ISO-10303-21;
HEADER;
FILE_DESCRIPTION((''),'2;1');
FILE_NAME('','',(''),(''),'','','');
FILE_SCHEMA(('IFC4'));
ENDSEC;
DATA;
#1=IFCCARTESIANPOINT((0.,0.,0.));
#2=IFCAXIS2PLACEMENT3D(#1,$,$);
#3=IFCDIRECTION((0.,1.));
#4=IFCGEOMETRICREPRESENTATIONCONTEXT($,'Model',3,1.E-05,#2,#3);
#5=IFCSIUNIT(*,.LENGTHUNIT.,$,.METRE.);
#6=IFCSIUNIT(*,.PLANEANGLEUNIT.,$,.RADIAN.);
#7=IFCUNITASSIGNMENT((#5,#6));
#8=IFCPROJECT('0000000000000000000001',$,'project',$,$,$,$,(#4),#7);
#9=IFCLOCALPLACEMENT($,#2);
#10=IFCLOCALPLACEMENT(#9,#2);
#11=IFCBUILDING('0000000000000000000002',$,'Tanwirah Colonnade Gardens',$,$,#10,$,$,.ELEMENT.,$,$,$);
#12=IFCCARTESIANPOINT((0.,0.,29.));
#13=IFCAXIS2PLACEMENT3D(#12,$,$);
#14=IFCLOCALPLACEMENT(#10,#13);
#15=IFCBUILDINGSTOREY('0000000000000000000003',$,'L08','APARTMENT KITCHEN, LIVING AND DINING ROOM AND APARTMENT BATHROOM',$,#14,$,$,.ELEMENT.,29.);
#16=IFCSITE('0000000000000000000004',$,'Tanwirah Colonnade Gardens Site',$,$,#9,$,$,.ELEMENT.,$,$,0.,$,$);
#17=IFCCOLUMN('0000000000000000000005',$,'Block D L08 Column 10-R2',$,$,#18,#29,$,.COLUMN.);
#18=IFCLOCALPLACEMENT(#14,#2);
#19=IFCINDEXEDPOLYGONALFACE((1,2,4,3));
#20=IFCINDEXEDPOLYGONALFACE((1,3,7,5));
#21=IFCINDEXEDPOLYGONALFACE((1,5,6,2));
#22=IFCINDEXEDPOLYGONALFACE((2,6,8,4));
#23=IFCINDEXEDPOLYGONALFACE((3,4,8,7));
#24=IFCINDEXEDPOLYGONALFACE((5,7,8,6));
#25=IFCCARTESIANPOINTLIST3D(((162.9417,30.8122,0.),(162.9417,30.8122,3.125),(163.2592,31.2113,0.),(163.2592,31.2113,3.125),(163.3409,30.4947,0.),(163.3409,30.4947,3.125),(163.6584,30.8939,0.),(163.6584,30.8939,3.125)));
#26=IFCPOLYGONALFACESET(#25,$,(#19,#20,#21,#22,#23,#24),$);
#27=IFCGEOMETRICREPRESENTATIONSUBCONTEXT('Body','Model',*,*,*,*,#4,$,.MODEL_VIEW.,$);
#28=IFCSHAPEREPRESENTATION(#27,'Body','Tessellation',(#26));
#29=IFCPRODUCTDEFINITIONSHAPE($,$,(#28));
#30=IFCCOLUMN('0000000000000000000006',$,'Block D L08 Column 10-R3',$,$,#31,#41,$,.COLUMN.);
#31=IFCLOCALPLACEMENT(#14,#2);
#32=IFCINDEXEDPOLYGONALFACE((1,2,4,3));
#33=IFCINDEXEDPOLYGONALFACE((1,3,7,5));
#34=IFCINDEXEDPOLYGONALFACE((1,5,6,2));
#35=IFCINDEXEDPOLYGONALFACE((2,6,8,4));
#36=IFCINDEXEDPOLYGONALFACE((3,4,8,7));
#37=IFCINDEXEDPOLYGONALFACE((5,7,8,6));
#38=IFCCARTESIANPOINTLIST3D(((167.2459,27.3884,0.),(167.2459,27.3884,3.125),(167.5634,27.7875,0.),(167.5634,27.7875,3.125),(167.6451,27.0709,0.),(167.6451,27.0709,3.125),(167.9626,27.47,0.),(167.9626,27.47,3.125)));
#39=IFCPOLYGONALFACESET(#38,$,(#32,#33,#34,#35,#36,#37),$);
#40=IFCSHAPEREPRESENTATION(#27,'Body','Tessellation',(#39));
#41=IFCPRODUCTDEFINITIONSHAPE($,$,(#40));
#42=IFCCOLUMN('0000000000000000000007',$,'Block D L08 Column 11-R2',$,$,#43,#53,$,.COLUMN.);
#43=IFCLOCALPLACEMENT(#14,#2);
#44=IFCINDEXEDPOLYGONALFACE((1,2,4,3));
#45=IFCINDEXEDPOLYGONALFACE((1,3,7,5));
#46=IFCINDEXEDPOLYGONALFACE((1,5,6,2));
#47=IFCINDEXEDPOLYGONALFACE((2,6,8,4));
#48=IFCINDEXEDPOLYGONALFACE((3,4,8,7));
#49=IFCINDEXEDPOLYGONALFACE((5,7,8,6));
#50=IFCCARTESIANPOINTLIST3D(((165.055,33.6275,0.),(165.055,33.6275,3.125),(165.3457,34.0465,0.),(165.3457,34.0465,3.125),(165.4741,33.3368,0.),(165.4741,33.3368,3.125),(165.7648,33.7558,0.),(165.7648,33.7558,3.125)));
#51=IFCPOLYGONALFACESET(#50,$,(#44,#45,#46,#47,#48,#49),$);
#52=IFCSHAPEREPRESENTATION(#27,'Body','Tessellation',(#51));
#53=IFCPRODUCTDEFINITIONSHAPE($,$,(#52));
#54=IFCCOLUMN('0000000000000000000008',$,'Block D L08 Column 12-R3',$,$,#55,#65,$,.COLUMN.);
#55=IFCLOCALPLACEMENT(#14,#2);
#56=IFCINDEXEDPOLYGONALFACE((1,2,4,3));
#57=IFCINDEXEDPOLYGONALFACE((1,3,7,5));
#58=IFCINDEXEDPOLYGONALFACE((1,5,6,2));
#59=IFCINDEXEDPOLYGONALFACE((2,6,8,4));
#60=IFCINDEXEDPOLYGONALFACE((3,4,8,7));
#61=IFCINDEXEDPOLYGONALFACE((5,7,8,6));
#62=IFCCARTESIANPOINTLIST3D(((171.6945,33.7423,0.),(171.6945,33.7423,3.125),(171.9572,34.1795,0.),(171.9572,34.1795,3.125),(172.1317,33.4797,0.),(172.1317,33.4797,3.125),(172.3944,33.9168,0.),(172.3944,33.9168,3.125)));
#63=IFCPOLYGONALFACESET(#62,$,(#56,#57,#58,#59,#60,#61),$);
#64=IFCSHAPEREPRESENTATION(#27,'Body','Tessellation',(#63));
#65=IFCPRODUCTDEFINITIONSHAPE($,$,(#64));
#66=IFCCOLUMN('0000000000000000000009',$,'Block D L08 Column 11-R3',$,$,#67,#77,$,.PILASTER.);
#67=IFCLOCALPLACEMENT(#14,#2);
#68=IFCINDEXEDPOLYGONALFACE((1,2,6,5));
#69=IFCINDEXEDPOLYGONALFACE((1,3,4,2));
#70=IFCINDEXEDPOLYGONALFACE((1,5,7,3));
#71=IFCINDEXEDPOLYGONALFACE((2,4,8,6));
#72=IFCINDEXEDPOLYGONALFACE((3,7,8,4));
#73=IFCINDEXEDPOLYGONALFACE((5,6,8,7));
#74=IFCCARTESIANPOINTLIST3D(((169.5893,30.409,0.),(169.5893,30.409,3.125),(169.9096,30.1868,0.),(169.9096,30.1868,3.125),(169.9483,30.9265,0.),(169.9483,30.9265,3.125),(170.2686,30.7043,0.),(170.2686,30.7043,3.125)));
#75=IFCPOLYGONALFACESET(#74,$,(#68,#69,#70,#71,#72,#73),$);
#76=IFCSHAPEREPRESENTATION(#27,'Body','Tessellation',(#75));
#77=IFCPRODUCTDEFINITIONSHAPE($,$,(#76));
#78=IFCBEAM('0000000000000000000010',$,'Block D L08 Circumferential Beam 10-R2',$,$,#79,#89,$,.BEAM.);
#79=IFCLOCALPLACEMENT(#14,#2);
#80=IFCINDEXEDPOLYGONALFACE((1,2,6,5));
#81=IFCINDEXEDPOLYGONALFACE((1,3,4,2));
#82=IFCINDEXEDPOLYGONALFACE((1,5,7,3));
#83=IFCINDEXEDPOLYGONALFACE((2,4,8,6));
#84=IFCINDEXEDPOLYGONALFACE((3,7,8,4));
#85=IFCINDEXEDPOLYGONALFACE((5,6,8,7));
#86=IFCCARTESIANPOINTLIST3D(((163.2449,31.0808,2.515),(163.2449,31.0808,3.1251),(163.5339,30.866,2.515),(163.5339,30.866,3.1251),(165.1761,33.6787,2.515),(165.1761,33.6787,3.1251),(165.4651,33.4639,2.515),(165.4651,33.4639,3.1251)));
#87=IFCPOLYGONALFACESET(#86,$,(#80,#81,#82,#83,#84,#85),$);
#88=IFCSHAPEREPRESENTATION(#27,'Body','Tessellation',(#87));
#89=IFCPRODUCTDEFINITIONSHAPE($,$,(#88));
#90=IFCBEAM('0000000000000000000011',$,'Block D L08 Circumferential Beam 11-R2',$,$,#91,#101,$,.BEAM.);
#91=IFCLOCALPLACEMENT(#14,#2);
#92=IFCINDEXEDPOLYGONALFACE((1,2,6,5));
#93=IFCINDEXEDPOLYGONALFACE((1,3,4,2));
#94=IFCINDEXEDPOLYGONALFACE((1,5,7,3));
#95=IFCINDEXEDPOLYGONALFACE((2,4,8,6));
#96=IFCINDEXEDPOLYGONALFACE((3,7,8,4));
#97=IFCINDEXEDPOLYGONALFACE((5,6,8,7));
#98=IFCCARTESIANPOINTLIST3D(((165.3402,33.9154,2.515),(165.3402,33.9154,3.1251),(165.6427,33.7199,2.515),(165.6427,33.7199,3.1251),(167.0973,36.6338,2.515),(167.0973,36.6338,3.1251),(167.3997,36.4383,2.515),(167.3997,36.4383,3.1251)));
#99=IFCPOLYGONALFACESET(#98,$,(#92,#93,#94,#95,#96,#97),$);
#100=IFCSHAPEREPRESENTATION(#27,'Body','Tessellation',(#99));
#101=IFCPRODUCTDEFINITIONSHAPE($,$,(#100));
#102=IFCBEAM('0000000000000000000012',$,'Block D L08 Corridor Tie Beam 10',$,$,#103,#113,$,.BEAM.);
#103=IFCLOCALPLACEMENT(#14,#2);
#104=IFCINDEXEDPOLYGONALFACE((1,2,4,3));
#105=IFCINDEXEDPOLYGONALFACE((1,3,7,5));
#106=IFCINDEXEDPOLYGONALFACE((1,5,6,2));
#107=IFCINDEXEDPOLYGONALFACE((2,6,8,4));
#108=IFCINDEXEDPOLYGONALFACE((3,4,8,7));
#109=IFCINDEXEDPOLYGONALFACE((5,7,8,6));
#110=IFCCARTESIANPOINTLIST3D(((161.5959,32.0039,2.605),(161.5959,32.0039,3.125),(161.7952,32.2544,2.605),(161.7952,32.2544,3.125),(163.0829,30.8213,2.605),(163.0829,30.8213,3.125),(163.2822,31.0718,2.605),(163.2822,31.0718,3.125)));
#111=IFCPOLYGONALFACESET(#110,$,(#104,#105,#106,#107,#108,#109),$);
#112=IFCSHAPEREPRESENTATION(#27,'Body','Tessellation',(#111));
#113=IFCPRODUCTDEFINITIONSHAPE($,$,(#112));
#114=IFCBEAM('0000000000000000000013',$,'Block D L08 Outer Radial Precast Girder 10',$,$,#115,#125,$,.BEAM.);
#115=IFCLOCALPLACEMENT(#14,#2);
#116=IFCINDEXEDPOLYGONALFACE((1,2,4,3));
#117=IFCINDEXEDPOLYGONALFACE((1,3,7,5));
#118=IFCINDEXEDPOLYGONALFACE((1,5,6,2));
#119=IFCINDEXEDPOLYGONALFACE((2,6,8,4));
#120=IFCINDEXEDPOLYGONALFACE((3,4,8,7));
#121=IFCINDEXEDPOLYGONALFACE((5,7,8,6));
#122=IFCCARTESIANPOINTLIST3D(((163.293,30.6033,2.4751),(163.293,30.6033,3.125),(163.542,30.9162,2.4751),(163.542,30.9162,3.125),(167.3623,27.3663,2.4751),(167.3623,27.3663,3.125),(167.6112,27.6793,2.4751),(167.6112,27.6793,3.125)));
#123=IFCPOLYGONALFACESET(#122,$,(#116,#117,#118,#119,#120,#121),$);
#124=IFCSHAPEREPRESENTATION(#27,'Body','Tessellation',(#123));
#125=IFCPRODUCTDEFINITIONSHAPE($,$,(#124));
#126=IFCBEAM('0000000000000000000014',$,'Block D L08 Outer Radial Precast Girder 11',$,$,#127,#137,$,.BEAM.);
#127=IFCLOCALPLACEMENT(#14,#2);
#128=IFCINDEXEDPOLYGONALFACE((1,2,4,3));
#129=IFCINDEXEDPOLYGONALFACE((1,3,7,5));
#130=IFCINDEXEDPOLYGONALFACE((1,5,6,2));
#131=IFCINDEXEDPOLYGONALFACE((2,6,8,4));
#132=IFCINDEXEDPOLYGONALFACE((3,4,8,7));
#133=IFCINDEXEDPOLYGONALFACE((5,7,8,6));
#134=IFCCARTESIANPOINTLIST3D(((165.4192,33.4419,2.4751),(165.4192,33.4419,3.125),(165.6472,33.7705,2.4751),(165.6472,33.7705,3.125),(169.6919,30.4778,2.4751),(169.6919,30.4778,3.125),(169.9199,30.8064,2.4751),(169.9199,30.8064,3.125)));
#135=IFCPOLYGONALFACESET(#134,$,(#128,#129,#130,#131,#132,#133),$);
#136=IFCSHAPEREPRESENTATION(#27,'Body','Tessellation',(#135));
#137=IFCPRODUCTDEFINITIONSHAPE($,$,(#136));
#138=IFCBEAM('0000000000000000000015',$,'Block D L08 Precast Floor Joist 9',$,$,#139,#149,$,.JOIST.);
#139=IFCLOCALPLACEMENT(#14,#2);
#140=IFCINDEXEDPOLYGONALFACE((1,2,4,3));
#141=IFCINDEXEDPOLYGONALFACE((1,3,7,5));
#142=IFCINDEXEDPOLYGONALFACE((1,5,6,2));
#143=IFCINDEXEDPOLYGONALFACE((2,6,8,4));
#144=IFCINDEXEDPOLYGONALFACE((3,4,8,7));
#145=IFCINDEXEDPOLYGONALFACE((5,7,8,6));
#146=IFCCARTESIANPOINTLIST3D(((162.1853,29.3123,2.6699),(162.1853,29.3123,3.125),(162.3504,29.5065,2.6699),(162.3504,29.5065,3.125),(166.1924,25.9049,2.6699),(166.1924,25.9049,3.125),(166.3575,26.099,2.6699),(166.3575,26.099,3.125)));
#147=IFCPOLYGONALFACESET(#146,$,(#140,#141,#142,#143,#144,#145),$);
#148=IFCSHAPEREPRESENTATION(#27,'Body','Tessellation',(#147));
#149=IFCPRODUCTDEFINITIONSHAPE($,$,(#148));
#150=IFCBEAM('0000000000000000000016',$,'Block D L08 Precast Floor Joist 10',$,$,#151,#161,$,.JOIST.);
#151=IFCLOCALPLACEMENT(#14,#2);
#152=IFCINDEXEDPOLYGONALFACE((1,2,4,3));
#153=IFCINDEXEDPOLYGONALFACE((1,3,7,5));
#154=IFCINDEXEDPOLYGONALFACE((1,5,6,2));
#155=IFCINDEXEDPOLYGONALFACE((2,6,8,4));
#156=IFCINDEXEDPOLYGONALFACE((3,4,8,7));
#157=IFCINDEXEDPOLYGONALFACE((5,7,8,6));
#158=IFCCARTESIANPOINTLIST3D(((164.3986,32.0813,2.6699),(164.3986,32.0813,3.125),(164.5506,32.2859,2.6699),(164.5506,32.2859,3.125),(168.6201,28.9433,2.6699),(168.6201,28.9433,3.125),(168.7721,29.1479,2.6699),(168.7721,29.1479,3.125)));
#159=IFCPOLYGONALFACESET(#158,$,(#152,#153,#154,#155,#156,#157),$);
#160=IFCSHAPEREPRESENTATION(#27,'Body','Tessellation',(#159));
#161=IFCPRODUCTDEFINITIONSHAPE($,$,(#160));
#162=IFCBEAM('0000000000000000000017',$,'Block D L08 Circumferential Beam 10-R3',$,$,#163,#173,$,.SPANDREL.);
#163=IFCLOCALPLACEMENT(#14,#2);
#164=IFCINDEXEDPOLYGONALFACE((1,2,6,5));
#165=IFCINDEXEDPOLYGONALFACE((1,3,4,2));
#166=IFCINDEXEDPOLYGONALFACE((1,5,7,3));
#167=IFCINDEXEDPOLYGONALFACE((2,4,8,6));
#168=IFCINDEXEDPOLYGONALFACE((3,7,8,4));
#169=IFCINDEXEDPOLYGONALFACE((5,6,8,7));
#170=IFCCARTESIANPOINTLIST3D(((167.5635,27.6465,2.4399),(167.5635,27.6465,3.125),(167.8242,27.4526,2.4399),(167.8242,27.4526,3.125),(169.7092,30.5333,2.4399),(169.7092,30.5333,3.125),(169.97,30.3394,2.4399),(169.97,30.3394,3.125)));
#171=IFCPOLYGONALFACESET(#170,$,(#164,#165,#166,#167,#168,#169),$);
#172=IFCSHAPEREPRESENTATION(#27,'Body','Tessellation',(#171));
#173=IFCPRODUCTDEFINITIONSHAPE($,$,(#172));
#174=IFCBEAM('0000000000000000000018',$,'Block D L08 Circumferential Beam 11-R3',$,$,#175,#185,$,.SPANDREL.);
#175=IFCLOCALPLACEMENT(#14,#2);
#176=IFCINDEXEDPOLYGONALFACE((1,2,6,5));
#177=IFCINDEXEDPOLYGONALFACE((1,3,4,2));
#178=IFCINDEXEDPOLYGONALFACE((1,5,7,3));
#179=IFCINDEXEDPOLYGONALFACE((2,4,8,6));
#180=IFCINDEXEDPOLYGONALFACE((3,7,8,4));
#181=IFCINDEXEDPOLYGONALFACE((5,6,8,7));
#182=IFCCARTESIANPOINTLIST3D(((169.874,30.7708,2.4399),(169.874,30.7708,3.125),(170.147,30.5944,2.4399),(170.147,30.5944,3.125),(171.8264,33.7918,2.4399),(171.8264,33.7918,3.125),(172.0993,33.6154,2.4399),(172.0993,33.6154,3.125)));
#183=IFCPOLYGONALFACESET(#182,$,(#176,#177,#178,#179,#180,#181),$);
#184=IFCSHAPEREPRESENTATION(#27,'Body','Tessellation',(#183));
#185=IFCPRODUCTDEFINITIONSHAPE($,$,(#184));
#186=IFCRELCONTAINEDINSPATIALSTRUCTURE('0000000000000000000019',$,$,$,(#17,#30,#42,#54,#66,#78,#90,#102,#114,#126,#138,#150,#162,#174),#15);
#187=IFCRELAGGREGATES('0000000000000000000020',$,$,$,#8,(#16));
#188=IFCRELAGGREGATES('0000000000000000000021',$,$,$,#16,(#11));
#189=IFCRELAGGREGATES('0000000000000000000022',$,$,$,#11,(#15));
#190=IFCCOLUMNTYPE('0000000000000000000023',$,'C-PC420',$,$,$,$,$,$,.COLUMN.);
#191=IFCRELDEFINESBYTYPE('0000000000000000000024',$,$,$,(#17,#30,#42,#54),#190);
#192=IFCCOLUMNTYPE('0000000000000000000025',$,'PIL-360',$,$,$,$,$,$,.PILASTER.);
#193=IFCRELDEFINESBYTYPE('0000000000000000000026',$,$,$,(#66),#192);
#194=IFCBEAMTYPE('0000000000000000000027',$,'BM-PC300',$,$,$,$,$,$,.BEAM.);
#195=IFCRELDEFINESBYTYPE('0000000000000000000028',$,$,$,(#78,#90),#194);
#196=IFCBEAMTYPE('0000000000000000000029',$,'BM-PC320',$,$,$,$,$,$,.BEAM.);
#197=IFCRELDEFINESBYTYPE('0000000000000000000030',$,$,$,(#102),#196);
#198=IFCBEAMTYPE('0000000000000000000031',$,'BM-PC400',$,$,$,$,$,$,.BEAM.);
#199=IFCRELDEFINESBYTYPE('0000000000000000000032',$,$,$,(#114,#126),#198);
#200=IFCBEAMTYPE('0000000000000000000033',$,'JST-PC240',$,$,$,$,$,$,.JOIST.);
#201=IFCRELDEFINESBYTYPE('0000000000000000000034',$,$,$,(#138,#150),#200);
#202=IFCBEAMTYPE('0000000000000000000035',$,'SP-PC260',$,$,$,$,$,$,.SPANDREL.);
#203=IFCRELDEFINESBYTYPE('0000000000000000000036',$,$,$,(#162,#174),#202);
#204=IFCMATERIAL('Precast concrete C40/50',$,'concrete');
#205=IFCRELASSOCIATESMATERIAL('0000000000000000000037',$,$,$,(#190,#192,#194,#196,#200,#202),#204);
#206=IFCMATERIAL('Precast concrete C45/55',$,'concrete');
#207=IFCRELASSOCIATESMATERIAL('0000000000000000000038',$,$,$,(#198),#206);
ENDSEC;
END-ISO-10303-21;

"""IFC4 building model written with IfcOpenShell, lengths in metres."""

from ifc_helpers import new_model, si_unit, direction, frame, origin, origin_2d, place, context, subcontext, project, spatial, rectangle, extrude, material, material_profile, profile_set, type_object, element, save


model = new_model("IFC4")

# Units and contexts
model_context = context("Model", 3, precision=1e-05, world=origin(), true_north=direction((0.0, 1.0)))
body_context = subcontext(model_context, "Body", "Model", "MODEL_VIEW")
ifc_project = project(units=[si_unit("LENGTHUNIT", "METRE"), si_unit("PLANEANGLEUNIT", "RADIAN")], contexts=[model_context])

# Site, building, storey
site_placement = place(None, origin())
site = spatial("IfcSite", under=ifc_project, at=site_placement, Name="Tanwirah Colonnade Gardens Site", CompositionType="ELEMENT", RefElevation=0.0)
building_placement = place(site_placement, origin())
building = spatial("IfcBuilding", under=site, at=building_placement, Name="Tanwirah Colonnade Gardens", CompositionType="ELEMENT")
storey_placement = place(building_placement, frame((0.0, 0.0, 29.0)))
storey = spatial("IfcBuildingStorey", under=building, at=storey_placement, Name="L08", Description="APARTMENT KITCHEN, LIVING AND DINING ROOM AND APARTMENT BATHROOM", CompositionType="ELEMENT", Elevation=29.0)

# Columns
ifc_material_1 = material(Name="Precast concrete C40/50", Category="concrete")
ifc_material_profile_1 = material_profile(ifc_material_1, rectangle(XDim=0.51, YDim=0.51, at=origin_2d()), Name="PC-COL 510x510")
ifc_profile_set_1 = profile_set([ifc_material_profile_1], Name="Precast concrete C40/50")
column_type_1 = type_object("IfcColumnType", Name="C-PC420", PredefinedType="COLUMN", material=ifc_profile_set_1)
for number, where, z_axis, x_axis, name in (
    (1, (163.3, 30.853, 0.0), (0.0, 0.0, 1.0), (0.782608, -0.622515, 0.0), "Block D L08 Column 10-R2"),
    (2, (167.6042, 27.4292, 0.0), (0.0, 0.0, 1.0), (0.782608, -0.622515, 0.0), "Block D L08 Column 10-R3"),
    (3, (165.4099, 33.6917, 0.0), (0.0, 0.0, 1.0), (0.821647, -0.569997, 0.0), "Block D L08 Column 11-R2"),
    (4, (172.0444, 33.8296, 0.0), (0.0, 0.0, 1.0), (0.857167, -0.515038, 0.0), "Block D L08 Column 12-R3"),
):
    element("IfcColumn", number, at=place(storey_placement, frame(where, z_axis=z_axis, x_axis=x_axis)), inside=storey, type_object=column_type_1, Name=name, PredefinedType="COLUMN", context=body_context, shape_type="SweptSolid", body=[
        extrude(rectangle(XDim=0.51, YDim=0.51, at=origin_2d()), origin(), (0.0, 0.0, 1.0), 3.125),
    ])
ifc_material_profile_2 = material_profile(ifc_material_1, rectangle(XDim=0.3899, YDim=0.6299, at=origin_2d()), Name="PC-PIL 390x630")
ifc_profile_set_2 = profile_set([ifc_material_profile_2], Name="Precast concrete C40/50")
column_type_2 = type_object("IfcColumnType", Name="PIL-360", PredefinedType="PILASTER", material=ifc_profile_set_2)
column_placement = place(storey_placement, frame((169.929, 30.5566, 0.0), z_axis=(0.0, 0.0, 1.0), x_axis=(0.821647, -0.569997, 0.0)))
element("IfcColumn", 5, at=column_placement, inside=storey, type_object=column_type_2, Name="Block D L08 Column 11-R3", PredefinedType="PILASTER", context=body_context, shape_type="SweptSolid", body=[
    extrude(rectangle(XDim=0.3899, YDim=0.6299, at=origin_2d()), origin(), (0.0, 0.0, 1.0), 3.125),
])

# Beams
ifc_material_profile_3 = material_profile(ifc_material_1, rectangle(XDim=0.3601, YDim=0.6101, at=origin_2d()), Name="PC-BM 360x610")
ifc_profile_set_3 = profile_set([ifc_material_profile_3], Name="Precast concrete C40/50")
beam_type_1 = type_object("IfcBeamType", Name="BM-PC300", PredefinedType="BEAM", material=ifc_profile_set_3)
beam_1_placement = place(storey_placement, frame((163.3894, 30.9734, 2.8201), z_axis=(0.596579, 0.802554, 0.0), x_axis=(-0.802554, 0.596579, 0.0)))
element("IfcBeam", 6, at=beam_1_placement, inside=storey, type_object=beam_type_1, Name="Block D L08 Circumferential Beam 10-R2", PredefinedType="BEAM", context=body_context, shape_type="SweptSolid", body=[
    extrude(rectangle(XDim=0.3601, YDim=0.6101, at=origin_2d()), origin(), (0.0, 0.0, 1.0), 3.2371),
])
beam_2_placement = place(storey_placement, frame((165.4915, 33.8176, 2.8201), z_axis=(0.542826, 0.839845, 0.0), x_axis=(-0.839845, 0.542826, 0.0)))
element("IfcBeam", 7, at=beam_2_placement, inside=storey, type_object=beam_type_1, Name="Block D L08 Circumferential Beam 11-R2", PredefinedType="BEAM", context=body_context, shape_type="SweptSolid", body=[
    extrude(rectangle(XDim=0.3601, YDim=0.6101, at=origin_2d()), origin(), (0.0, 0.0, 1.0), 3.2368),
])
ifc_material_profile_4 = material_profile(ifc_material_1, rectangle(XDim=0.3201, YDim=0.52, at=origin_2d()), Name="PC-BM 320x520")
ifc_profile_set_4 = profile_set([ifc_material_profile_4], Name="Precast concrete C40/50")
beam_type_2 = type_object("IfcBeamType", Name="BM-PC320", PredefinedType="BEAM", material=ifc_profile_set_4)
beam_3_placement = place(storey_placement, frame((161.6956, 32.1292, 2.865), z_axis=(0.782671, -0.622436, 0.0), x_axis=(0.622436, 0.782671, 0.0)))
element("IfcBeam", 8, at=beam_3_placement, inside=storey, type_object=beam_type_2, Name="Block D L08 Corridor Tie Beam 10", PredefinedType="BEAM", context=body_context, shape_type="SweptSolid", body=[
    extrude(rectangle(XDim=0.3201, YDim=0.52, at=origin_2d()), origin(), (0.0, 0.0, 1.0), 1.8999),
])
ifc_material_2 = material(Name="Precast concrete C45/55", Category="concrete")
ifc_material_profile_5 = material_profile(ifc_material_2, rectangle(XDim=0.3999, YDim=0.6499, at=origin_2d()), Name="PC-BM 400x650")
ifc_profile_set_5 = profile_set([ifc_material_profile_5], Name="Precast concrete C45/55")
beam_type_3 = type_object("IfcBeamType", Name="BM-PC400", PredefinedType="BEAM", material=ifc_profile_set_5)
beam_4_placement = place(storey_placement, frame((163.4175, 30.7598, 2.8), z_axis=(0.782593, -0.622534, 0.0), x_axis=(0.622534, 0.782593, 0.0)))
element("IfcBeam", 9, at=beam_4_placement, inside=storey, type_object=beam_type_3, Name="Block D L08 Outer Radial Precast Girder 10", PredefinedType="BEAM", context=body_context, shape_type="SweptSolid", body=[
    extrude(rectangle(XDim=0.3999, YDim=0.6499, at=origin_2d()), origin(), (0.0, 0.0, 1.0), 5.1997),
])
beam_5_placement = place(storey_placement, frame((165.5332, 33.6062, 2.8), z_axis=(0.821644, -0.570001, 0.0), x_axis=(0.570001, 0.821644, 0.0)))
element("IfcBeam", 10, at=beam_5_placement, inside=storey, type_object=beam_type_3, Name="Block D L08 Outer Radial Precast Girder 11", PredefinedType="BEAM", context=body_context, shape_type="SweptSolid", body=[
    extrude(rectangle(XDim=0.3999, YDim=0.6499, at=origin_2d()), origin(), (0.0, 0.0, 1.0), 5.2002),
])
ifc_material_profile_6 = material_profile(ifc_material_1, rectangle(XDim=0.2549, YDim=0.4551, at=origin_2d()), Name="PC-JST 255x455")
ifc_profile_set_6 = profile_set([ifc_material_profile_6], Name="Precast concrete C40/50")
beam_type_4 = type_object("IfcBeamType", Name="JST-PC240", PredefinedType="JOIST", material=ifc_profile_set_6)
for number, where, z_axis, x_axis, name in (
    (11, (162.2678, 29.4094, 2.8975), (0.761803, -0.647809, 0.0), (0.647809, 0.761803, 0.0), "Block D L08 Precast Floor Joist 9"),
    (12, (164.4746, 32.1836, 2.8975), (0.80256, -0.596571, 0.0), (0.596571, 0.80256, 0.0), "Block D L08 Precast Floor Joist 10"),
):
    element("IfcBeam", number, at=place(storey_placement, frame(where, z_axis=z_axis, x_axis=x_axis)), inside=storey, type_object=beam_type_4, Name=name, PredefinedType="JOIST", context=body_context, shape_type="SweptSolid", body=[
        extrude(rectangle(XDim=0.2549, YDim=0.4551, at=origin_2d()), origin(), (0.0, 0.0, 1.0), 5.26),
    ])
ifc_material_profile_7 = material_profile(ifc_material_1, rectangle(XDim=0.325, YDim=0.6851, at=origin_2d()), Name="PC-SP 325x685")
ifc_profile_set_7 = profile_set([ifc_material_profile_7], Name="Precast concrete C40/50")
beam_type_5 = type_object("IfcBeamType", Name="SP-PC260", PredefinedType="SPANDREL", material=ifc_profile_set_7)
for number, where, z_axis, x_axis, name in (
    (13, (167.6938, 27.5496, 2.7825), (0.596563, 0.802566, 0.0), (-0.802566, 0.596563, 0.0), "Block D L08 Circumferential Beam 10-R3"),
    (14, (170.0105, 30.6826, 2.7825), (0.542787, 0.83987, 0.0), (-0.83987, 0.542787, 0.0), "Block D L08 Circumferential Beam 11-R3"),
):
    element("IfcBeam", number, at=place(storey_placement, frame(where, z_axis=z_axis, x_axis=x_axis)), inside=storey, type_object=beam_type_5, Name=name, PredefinedType="SPANDREL", context=body_context, shape_type="SweptSolid", body=[
        extrude(rectangle(XDim=0.325, YDim=0.6851, at=origin_2d()), origin(), (0.0, 0.0, 1.0), 3.5969),
    ])

save(model, "model.ifc")
